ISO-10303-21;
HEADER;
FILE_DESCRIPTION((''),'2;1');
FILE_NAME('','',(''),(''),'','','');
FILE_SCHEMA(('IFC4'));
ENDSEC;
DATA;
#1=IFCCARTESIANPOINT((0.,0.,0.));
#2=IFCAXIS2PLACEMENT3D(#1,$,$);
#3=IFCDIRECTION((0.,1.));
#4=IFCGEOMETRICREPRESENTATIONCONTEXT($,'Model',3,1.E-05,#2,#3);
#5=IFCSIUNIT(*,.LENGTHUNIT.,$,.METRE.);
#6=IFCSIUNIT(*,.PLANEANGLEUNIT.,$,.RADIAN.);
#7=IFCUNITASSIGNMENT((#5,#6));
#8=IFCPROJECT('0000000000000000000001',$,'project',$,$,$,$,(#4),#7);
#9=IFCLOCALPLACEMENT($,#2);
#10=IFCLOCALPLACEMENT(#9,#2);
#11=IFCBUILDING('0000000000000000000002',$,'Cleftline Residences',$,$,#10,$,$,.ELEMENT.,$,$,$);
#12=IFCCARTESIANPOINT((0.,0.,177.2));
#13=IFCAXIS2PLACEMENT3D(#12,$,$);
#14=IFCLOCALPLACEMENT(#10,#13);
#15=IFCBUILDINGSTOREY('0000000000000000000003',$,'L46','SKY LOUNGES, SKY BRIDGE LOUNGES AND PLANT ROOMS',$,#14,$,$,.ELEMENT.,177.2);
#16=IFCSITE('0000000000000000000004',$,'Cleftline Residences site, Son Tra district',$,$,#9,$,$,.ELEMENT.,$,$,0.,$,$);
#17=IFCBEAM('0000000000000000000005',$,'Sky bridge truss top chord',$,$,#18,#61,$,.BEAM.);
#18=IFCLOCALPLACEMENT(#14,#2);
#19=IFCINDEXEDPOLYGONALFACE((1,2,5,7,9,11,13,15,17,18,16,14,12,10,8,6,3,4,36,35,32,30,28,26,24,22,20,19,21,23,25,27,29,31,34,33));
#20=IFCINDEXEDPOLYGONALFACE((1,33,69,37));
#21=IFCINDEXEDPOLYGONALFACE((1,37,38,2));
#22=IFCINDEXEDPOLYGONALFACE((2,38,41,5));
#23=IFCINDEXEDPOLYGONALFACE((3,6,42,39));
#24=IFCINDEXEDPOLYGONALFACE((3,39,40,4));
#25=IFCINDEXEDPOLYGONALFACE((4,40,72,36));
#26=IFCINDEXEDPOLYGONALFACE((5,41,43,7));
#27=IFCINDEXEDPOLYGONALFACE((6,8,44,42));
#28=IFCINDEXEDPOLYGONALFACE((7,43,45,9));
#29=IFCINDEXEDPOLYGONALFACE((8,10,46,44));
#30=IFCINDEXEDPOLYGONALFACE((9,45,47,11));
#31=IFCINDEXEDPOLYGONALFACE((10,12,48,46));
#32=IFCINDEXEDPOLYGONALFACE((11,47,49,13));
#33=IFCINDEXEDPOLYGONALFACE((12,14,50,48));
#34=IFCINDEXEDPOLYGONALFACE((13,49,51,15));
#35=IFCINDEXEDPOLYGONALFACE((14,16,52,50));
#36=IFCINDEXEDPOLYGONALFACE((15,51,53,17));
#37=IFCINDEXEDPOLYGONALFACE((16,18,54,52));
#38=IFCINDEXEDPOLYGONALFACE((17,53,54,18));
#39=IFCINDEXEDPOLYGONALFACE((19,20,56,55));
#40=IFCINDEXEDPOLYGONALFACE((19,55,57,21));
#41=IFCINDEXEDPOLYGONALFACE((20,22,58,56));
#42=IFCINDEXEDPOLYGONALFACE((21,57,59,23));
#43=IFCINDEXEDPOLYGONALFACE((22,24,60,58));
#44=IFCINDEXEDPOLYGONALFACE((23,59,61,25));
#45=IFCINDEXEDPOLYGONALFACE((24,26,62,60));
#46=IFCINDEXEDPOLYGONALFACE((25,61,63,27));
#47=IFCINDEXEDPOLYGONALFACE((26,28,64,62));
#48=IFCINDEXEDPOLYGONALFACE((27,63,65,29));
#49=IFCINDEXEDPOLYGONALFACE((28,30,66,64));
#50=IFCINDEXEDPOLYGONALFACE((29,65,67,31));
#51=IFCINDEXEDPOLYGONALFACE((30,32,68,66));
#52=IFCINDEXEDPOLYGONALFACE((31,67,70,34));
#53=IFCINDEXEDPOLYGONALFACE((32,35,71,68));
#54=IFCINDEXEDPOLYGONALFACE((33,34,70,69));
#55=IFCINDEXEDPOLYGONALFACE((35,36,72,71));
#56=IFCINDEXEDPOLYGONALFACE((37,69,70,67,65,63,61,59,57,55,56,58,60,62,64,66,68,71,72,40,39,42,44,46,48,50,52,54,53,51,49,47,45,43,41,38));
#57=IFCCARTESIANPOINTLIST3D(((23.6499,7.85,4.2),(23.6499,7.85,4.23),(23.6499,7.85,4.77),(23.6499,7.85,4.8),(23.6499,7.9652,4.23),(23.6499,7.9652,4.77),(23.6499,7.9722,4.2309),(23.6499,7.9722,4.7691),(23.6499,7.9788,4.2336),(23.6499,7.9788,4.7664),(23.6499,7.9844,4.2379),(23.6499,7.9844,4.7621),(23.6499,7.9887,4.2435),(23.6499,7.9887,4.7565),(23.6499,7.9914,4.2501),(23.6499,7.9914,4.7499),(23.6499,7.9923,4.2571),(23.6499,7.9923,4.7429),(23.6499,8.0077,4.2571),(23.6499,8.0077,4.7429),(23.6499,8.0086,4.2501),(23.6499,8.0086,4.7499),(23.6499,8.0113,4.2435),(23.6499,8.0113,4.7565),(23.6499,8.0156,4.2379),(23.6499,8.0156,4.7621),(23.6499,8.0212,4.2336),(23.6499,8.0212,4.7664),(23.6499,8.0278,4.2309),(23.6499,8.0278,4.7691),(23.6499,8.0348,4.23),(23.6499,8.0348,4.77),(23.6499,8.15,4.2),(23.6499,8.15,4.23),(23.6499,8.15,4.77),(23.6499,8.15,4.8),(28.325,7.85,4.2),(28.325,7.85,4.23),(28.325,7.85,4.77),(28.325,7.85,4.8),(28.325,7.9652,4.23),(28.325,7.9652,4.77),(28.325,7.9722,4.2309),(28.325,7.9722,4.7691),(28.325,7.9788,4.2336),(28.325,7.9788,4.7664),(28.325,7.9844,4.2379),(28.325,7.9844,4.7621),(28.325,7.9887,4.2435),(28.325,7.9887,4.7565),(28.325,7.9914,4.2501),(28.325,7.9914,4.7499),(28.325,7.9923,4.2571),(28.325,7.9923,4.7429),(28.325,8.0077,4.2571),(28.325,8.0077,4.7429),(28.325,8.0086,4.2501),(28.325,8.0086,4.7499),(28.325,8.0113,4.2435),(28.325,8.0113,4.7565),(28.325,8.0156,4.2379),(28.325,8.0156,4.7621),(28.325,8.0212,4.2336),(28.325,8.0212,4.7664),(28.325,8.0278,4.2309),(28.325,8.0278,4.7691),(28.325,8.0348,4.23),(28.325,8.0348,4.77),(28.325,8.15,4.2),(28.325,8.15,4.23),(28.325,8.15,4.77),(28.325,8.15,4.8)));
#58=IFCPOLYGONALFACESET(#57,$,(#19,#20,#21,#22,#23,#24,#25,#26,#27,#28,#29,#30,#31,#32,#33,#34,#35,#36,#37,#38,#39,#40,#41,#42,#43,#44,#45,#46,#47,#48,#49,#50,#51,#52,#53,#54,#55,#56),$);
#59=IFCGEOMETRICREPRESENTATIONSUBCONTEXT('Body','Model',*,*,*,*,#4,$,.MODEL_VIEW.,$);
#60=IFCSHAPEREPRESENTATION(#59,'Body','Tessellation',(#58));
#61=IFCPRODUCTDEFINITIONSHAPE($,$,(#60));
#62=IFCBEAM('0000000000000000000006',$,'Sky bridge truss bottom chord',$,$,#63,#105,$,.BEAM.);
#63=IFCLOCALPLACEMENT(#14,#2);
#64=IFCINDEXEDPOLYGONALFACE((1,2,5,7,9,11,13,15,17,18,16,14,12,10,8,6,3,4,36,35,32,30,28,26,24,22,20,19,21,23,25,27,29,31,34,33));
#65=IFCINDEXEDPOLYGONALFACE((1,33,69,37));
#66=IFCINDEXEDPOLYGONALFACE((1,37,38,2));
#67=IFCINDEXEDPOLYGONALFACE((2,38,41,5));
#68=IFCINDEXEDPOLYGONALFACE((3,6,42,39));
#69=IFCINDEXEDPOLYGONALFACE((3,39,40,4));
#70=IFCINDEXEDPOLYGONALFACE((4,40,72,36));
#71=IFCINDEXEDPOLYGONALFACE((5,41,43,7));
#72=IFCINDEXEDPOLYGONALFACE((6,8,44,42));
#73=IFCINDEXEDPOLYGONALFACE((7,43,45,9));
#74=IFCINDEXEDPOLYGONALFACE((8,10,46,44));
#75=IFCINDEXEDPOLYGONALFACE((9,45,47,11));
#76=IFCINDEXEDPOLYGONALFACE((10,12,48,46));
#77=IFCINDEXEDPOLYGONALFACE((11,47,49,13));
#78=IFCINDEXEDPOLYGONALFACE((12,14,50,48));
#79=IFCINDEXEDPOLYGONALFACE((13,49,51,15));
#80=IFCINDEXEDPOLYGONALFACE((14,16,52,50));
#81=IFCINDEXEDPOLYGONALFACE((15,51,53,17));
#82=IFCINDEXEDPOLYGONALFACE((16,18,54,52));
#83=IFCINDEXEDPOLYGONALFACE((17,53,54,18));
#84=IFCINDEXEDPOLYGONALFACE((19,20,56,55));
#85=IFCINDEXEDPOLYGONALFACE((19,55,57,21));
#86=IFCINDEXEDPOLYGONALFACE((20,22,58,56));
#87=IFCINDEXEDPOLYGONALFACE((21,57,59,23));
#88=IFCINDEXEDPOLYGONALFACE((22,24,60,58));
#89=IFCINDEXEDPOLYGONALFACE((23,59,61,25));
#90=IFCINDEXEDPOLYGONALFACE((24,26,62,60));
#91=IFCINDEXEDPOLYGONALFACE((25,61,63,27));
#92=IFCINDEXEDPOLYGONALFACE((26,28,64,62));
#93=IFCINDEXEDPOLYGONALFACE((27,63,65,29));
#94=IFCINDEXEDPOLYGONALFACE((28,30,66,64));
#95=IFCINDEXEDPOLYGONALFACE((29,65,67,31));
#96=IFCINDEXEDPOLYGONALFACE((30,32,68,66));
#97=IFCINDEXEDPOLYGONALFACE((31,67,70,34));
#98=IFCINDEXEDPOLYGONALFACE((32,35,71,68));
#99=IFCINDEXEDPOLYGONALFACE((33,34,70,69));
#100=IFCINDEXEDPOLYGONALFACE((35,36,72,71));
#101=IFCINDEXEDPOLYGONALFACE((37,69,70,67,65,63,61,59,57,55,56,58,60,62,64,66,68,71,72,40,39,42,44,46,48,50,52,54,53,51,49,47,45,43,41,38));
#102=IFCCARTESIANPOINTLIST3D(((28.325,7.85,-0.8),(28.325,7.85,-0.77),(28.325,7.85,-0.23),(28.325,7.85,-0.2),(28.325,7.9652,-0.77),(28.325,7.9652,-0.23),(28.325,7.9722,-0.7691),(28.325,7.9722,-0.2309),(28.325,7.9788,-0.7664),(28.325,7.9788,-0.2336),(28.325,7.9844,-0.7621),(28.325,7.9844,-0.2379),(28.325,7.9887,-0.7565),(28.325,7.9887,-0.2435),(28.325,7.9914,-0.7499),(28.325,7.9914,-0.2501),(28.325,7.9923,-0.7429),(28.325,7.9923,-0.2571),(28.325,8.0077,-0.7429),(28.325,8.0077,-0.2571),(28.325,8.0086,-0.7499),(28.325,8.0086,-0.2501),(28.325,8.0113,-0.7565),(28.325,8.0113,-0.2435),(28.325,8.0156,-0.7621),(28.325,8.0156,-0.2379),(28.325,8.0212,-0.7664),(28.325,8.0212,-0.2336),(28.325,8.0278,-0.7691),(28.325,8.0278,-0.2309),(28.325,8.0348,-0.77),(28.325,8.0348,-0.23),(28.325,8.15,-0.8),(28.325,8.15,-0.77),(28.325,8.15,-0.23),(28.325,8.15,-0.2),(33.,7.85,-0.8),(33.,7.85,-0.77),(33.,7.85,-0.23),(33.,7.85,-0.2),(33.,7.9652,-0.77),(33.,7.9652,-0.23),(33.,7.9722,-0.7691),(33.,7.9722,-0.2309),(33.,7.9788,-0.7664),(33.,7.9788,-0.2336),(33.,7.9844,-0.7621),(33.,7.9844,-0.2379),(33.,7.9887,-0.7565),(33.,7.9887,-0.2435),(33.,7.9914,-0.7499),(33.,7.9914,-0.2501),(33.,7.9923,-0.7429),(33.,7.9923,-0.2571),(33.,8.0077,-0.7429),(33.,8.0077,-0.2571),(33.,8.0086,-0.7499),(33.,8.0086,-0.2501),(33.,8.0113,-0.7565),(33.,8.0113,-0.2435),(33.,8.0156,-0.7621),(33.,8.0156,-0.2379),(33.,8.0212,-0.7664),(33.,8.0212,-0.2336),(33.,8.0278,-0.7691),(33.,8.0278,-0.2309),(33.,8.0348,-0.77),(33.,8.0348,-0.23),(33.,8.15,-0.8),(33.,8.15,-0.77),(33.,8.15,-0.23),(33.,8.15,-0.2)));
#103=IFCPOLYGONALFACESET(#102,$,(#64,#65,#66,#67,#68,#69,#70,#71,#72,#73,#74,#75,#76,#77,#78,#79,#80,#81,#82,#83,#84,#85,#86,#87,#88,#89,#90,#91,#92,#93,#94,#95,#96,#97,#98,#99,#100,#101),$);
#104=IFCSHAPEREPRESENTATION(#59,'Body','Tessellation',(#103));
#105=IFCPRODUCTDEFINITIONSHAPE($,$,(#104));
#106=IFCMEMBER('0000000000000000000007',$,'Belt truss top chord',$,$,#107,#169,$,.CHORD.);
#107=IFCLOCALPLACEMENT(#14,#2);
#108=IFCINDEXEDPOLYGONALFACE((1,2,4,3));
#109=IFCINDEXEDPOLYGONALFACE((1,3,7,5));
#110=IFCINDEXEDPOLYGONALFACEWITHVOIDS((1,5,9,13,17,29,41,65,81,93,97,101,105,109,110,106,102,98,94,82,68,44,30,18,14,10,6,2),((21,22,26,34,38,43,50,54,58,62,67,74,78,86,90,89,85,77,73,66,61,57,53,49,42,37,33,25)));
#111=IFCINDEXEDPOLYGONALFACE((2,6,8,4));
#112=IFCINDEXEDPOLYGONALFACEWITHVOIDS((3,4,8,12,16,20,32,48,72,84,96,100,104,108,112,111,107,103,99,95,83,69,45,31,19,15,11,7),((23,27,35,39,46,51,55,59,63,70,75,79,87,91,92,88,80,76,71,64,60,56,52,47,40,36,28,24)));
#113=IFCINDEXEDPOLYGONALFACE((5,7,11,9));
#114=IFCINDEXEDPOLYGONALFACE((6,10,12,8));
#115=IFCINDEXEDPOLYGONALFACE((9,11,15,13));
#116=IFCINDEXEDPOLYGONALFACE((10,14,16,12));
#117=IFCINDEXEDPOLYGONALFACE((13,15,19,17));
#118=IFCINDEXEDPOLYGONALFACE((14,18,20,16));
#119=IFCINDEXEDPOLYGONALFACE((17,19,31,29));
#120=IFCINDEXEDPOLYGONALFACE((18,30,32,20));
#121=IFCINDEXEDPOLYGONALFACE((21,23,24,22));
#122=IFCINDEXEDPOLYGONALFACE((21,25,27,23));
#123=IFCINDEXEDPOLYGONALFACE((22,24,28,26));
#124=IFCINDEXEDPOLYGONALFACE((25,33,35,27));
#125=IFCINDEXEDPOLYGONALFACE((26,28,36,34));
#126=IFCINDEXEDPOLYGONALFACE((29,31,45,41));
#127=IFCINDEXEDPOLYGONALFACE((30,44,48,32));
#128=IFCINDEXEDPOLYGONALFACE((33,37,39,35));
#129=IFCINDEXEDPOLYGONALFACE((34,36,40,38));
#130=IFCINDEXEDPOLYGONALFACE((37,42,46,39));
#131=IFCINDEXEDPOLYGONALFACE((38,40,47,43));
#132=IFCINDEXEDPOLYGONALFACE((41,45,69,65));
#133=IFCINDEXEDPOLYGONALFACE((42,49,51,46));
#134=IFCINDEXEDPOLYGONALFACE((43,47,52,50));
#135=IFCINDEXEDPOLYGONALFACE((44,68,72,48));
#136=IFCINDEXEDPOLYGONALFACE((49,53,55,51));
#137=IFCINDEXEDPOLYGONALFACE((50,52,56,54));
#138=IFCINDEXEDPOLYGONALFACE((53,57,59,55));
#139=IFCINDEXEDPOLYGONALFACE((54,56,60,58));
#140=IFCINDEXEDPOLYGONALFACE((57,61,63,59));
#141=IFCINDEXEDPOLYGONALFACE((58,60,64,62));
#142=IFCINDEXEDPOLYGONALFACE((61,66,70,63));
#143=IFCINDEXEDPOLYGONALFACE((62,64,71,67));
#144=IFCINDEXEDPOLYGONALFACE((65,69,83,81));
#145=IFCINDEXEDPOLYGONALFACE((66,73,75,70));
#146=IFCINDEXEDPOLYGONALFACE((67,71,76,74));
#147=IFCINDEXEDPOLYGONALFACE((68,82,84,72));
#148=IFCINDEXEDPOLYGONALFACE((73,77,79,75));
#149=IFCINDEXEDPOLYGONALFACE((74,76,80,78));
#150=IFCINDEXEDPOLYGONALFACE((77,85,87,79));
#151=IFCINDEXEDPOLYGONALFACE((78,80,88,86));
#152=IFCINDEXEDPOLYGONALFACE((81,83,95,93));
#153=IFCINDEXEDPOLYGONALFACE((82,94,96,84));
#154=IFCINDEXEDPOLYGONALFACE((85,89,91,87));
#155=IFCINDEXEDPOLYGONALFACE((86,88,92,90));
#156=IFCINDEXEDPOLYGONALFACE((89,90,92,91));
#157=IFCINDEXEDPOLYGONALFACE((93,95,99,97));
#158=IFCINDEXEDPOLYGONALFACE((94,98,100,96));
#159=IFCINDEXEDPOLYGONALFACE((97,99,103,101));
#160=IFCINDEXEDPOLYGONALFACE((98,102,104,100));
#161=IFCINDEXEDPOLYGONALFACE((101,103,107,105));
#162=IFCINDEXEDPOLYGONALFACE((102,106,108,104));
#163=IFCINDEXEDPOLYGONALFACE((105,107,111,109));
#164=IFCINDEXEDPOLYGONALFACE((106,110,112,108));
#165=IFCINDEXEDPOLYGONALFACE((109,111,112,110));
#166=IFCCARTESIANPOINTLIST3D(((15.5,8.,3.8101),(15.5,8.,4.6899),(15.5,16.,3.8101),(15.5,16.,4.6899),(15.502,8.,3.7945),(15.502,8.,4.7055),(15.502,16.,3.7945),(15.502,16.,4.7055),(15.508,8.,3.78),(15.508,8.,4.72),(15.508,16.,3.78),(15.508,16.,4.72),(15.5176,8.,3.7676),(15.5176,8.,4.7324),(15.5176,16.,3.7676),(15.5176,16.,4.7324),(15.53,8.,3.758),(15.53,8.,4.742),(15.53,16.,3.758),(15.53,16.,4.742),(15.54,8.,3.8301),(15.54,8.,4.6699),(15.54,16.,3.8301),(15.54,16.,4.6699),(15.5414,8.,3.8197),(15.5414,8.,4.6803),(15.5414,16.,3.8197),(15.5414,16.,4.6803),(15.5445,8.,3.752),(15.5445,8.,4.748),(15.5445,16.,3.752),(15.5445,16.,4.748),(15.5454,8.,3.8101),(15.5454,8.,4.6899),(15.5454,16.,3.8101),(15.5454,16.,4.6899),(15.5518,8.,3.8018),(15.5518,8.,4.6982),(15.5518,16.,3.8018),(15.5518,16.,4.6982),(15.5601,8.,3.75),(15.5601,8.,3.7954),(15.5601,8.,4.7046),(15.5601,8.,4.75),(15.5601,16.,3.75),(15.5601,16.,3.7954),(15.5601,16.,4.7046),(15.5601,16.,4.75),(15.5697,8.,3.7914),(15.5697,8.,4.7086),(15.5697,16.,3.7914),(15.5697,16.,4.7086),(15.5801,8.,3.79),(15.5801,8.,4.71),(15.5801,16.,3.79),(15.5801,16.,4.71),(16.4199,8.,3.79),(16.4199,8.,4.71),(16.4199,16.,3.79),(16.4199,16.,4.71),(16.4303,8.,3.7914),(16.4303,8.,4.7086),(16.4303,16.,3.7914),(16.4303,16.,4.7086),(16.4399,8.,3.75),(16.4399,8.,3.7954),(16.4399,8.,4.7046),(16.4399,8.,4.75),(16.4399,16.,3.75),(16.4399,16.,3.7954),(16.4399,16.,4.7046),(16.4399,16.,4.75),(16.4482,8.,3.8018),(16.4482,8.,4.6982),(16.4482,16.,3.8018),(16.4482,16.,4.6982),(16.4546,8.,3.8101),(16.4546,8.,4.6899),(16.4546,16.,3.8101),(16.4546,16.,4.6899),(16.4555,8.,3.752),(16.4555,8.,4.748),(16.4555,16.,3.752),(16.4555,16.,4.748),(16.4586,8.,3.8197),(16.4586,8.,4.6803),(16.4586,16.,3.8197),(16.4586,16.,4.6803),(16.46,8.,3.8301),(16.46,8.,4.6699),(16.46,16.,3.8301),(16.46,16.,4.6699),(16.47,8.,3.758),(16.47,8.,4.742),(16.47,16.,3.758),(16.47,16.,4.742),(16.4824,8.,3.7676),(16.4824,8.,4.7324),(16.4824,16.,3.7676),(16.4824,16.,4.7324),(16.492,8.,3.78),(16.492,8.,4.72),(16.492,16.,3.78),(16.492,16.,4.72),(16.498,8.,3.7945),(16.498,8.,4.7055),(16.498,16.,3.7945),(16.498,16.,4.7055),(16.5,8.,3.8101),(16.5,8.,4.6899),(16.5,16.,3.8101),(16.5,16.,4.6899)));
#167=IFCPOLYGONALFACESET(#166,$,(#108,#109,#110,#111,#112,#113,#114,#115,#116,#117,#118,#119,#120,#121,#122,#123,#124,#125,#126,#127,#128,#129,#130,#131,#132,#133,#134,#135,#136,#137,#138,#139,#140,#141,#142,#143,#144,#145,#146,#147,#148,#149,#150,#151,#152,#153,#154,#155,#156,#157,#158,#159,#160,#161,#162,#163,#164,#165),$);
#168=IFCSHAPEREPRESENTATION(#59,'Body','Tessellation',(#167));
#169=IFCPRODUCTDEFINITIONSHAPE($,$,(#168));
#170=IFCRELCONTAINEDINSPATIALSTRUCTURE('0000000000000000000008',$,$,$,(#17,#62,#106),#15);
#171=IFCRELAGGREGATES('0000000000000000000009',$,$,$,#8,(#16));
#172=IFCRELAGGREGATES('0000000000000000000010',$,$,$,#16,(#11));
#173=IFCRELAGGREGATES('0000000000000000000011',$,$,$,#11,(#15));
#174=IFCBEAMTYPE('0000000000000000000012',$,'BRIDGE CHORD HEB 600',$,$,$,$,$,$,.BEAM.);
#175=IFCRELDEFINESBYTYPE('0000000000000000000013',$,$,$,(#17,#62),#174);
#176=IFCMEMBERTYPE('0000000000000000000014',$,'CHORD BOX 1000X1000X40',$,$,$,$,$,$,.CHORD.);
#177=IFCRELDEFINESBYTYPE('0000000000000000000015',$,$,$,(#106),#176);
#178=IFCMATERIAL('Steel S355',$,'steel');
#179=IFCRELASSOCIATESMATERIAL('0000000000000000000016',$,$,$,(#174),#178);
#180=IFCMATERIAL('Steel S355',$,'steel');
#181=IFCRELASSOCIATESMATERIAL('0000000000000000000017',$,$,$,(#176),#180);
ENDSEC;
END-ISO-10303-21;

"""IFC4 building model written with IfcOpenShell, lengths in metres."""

from ifc_helpers import new_model, si_unit, direction, frame, origin, origin_2d, place, context, subcontext, project, spatial, hollow_rectangle, i_section, extrude, material, material_profile, profile_set, type_object, element, save


model = new_model("IFC4")

# Units and contexts
model_context = context("Model", 3, precision=1e-05, world=origin(), true_north=direction((0.0, 1.0)))
body_context = subcontext(model_context, "Body", "Model", "MODEL_VIEW")
ifc_project = project(units=[si_unit("LENGTHUNIT", "METRE"), si_unit("PLANEANGLEUNIT", "RADIAN")], contexts=[model_context])

# Site, building, storey
site_placement = place(None, origin())
site = spatial("IfcSite", under=ifc_project, at=site_placement, Name="Cleftline Residences site, Son Tra district", CompositionType="ELEMENT", RefElevation=0.0)
building_placement = place(site_placement, origin())
building = spatial("IfcBuilding", under=site, at=building_placement, Name="Cleftline Residences", CompositionType="ELEMENT")
storey_placement = place(building_placement, frame((0.0, 0.0, 177.2)))
storey = spatial("IfcBuildingStorey", under=building, at=storey_placement, Name="L46", Description="SKY LOUNGES, SKY BRIDGE LOUNGES AND PLANT ROOMS", CompositionType="ELEMENT", Elevation=177.2)

# Beams
ifc_material_1 = material(Name="Steel S355", Category="steel")
ifc_material_profile_1 = material_profile(ifc_material_1, i_section(OverallWidth=0.3, OverallDepth=0.6001, WebThickness=0.0154, FlangeThickness=0.03, FilletRadius=0.0271, at=origin_2d()))
ifc_profile_set_1 = profile_set([ifc_material_profile_1], Name="Steel S355")
beam_type = type_object("IfcBeamType", Name="BRIDGE CHORD HEB 600", PredefinedType="BEAM", material=ifc_profile_set_1)
for number, where, z_axis, x_axis, name in (
    (1, (23.6499, 8.0, 4.5), (1.0, 0.0, 0.0), (0.0, 1.0, 0.0), "Sky bridge truss top chord"),
    (2, (28.325, 8.0, -0.5), (1.0, 0.0, 0.0), (0.0, 1.0, 0.0), "Sky bridge truss bottom chord"),
):
    element("IfcBeam", number, at=place(storey_placement, frame(where, z_axis=z_axis, x_axis=x_axis)), inside=storey, type_object=beam_type, Name=name, PredefinedType="BEAM", context=body_context, shape_type="SweptSolid", body=[
        extrude(i_section(OverallWidth=0.3, OverallDepth=0.6001, WebThickness=0.0154, FlangeThickness=0.03, FilletRadius=0.0271, at=origin_2d()), origin(), (0.0, 0.0, 1.0), 4.675),
    ])

# Member
ifc_material_2 = material(Name="Steel S355", Category="steel")
ifc_material_profile_2 = material_profile(ifc_material_2, hollow_rectangle(XDim=1.0, YDim=1.0, WallThickness=0.04, InnerFilletRadius=0.04, OuterFilletRadius=0.0601, at=origin_2d()))
ifc_profile_set_2 = profile_set([ifc_material_profile_2], Name="Steel S355")
member_type_1 = type_object("IfcMemberType", Name="CHORD BOX 1000X1000X40", PredefinedType="CHORD", material=ifc_profile_set_2)
member_1_placement = place(storey_placement, frame((16.0, 8.0, 4.25), z_axis=(0.0, 1.0, 0.0), x_axis=(-1.0, 0.0, 0.0)))
element("IfcMember", 3, at=member_1_placement, inside=storey, type_object=member_type_1, Name="Belt truss top chord", PredefinedType="CHORD", context=body_context, shape_type="SweptSolid", body=[
    extrude(hollow_rectangle(XDim=1.0, YDim=1.0, WallThickness=0.04, InnerFilletRadius=0.04, OuterFilletRadius=0.0601, at=origin_2d()), origin(), (0.0, 0.0, 1.0), 8.0),
])

save(model, "model.ifc")
